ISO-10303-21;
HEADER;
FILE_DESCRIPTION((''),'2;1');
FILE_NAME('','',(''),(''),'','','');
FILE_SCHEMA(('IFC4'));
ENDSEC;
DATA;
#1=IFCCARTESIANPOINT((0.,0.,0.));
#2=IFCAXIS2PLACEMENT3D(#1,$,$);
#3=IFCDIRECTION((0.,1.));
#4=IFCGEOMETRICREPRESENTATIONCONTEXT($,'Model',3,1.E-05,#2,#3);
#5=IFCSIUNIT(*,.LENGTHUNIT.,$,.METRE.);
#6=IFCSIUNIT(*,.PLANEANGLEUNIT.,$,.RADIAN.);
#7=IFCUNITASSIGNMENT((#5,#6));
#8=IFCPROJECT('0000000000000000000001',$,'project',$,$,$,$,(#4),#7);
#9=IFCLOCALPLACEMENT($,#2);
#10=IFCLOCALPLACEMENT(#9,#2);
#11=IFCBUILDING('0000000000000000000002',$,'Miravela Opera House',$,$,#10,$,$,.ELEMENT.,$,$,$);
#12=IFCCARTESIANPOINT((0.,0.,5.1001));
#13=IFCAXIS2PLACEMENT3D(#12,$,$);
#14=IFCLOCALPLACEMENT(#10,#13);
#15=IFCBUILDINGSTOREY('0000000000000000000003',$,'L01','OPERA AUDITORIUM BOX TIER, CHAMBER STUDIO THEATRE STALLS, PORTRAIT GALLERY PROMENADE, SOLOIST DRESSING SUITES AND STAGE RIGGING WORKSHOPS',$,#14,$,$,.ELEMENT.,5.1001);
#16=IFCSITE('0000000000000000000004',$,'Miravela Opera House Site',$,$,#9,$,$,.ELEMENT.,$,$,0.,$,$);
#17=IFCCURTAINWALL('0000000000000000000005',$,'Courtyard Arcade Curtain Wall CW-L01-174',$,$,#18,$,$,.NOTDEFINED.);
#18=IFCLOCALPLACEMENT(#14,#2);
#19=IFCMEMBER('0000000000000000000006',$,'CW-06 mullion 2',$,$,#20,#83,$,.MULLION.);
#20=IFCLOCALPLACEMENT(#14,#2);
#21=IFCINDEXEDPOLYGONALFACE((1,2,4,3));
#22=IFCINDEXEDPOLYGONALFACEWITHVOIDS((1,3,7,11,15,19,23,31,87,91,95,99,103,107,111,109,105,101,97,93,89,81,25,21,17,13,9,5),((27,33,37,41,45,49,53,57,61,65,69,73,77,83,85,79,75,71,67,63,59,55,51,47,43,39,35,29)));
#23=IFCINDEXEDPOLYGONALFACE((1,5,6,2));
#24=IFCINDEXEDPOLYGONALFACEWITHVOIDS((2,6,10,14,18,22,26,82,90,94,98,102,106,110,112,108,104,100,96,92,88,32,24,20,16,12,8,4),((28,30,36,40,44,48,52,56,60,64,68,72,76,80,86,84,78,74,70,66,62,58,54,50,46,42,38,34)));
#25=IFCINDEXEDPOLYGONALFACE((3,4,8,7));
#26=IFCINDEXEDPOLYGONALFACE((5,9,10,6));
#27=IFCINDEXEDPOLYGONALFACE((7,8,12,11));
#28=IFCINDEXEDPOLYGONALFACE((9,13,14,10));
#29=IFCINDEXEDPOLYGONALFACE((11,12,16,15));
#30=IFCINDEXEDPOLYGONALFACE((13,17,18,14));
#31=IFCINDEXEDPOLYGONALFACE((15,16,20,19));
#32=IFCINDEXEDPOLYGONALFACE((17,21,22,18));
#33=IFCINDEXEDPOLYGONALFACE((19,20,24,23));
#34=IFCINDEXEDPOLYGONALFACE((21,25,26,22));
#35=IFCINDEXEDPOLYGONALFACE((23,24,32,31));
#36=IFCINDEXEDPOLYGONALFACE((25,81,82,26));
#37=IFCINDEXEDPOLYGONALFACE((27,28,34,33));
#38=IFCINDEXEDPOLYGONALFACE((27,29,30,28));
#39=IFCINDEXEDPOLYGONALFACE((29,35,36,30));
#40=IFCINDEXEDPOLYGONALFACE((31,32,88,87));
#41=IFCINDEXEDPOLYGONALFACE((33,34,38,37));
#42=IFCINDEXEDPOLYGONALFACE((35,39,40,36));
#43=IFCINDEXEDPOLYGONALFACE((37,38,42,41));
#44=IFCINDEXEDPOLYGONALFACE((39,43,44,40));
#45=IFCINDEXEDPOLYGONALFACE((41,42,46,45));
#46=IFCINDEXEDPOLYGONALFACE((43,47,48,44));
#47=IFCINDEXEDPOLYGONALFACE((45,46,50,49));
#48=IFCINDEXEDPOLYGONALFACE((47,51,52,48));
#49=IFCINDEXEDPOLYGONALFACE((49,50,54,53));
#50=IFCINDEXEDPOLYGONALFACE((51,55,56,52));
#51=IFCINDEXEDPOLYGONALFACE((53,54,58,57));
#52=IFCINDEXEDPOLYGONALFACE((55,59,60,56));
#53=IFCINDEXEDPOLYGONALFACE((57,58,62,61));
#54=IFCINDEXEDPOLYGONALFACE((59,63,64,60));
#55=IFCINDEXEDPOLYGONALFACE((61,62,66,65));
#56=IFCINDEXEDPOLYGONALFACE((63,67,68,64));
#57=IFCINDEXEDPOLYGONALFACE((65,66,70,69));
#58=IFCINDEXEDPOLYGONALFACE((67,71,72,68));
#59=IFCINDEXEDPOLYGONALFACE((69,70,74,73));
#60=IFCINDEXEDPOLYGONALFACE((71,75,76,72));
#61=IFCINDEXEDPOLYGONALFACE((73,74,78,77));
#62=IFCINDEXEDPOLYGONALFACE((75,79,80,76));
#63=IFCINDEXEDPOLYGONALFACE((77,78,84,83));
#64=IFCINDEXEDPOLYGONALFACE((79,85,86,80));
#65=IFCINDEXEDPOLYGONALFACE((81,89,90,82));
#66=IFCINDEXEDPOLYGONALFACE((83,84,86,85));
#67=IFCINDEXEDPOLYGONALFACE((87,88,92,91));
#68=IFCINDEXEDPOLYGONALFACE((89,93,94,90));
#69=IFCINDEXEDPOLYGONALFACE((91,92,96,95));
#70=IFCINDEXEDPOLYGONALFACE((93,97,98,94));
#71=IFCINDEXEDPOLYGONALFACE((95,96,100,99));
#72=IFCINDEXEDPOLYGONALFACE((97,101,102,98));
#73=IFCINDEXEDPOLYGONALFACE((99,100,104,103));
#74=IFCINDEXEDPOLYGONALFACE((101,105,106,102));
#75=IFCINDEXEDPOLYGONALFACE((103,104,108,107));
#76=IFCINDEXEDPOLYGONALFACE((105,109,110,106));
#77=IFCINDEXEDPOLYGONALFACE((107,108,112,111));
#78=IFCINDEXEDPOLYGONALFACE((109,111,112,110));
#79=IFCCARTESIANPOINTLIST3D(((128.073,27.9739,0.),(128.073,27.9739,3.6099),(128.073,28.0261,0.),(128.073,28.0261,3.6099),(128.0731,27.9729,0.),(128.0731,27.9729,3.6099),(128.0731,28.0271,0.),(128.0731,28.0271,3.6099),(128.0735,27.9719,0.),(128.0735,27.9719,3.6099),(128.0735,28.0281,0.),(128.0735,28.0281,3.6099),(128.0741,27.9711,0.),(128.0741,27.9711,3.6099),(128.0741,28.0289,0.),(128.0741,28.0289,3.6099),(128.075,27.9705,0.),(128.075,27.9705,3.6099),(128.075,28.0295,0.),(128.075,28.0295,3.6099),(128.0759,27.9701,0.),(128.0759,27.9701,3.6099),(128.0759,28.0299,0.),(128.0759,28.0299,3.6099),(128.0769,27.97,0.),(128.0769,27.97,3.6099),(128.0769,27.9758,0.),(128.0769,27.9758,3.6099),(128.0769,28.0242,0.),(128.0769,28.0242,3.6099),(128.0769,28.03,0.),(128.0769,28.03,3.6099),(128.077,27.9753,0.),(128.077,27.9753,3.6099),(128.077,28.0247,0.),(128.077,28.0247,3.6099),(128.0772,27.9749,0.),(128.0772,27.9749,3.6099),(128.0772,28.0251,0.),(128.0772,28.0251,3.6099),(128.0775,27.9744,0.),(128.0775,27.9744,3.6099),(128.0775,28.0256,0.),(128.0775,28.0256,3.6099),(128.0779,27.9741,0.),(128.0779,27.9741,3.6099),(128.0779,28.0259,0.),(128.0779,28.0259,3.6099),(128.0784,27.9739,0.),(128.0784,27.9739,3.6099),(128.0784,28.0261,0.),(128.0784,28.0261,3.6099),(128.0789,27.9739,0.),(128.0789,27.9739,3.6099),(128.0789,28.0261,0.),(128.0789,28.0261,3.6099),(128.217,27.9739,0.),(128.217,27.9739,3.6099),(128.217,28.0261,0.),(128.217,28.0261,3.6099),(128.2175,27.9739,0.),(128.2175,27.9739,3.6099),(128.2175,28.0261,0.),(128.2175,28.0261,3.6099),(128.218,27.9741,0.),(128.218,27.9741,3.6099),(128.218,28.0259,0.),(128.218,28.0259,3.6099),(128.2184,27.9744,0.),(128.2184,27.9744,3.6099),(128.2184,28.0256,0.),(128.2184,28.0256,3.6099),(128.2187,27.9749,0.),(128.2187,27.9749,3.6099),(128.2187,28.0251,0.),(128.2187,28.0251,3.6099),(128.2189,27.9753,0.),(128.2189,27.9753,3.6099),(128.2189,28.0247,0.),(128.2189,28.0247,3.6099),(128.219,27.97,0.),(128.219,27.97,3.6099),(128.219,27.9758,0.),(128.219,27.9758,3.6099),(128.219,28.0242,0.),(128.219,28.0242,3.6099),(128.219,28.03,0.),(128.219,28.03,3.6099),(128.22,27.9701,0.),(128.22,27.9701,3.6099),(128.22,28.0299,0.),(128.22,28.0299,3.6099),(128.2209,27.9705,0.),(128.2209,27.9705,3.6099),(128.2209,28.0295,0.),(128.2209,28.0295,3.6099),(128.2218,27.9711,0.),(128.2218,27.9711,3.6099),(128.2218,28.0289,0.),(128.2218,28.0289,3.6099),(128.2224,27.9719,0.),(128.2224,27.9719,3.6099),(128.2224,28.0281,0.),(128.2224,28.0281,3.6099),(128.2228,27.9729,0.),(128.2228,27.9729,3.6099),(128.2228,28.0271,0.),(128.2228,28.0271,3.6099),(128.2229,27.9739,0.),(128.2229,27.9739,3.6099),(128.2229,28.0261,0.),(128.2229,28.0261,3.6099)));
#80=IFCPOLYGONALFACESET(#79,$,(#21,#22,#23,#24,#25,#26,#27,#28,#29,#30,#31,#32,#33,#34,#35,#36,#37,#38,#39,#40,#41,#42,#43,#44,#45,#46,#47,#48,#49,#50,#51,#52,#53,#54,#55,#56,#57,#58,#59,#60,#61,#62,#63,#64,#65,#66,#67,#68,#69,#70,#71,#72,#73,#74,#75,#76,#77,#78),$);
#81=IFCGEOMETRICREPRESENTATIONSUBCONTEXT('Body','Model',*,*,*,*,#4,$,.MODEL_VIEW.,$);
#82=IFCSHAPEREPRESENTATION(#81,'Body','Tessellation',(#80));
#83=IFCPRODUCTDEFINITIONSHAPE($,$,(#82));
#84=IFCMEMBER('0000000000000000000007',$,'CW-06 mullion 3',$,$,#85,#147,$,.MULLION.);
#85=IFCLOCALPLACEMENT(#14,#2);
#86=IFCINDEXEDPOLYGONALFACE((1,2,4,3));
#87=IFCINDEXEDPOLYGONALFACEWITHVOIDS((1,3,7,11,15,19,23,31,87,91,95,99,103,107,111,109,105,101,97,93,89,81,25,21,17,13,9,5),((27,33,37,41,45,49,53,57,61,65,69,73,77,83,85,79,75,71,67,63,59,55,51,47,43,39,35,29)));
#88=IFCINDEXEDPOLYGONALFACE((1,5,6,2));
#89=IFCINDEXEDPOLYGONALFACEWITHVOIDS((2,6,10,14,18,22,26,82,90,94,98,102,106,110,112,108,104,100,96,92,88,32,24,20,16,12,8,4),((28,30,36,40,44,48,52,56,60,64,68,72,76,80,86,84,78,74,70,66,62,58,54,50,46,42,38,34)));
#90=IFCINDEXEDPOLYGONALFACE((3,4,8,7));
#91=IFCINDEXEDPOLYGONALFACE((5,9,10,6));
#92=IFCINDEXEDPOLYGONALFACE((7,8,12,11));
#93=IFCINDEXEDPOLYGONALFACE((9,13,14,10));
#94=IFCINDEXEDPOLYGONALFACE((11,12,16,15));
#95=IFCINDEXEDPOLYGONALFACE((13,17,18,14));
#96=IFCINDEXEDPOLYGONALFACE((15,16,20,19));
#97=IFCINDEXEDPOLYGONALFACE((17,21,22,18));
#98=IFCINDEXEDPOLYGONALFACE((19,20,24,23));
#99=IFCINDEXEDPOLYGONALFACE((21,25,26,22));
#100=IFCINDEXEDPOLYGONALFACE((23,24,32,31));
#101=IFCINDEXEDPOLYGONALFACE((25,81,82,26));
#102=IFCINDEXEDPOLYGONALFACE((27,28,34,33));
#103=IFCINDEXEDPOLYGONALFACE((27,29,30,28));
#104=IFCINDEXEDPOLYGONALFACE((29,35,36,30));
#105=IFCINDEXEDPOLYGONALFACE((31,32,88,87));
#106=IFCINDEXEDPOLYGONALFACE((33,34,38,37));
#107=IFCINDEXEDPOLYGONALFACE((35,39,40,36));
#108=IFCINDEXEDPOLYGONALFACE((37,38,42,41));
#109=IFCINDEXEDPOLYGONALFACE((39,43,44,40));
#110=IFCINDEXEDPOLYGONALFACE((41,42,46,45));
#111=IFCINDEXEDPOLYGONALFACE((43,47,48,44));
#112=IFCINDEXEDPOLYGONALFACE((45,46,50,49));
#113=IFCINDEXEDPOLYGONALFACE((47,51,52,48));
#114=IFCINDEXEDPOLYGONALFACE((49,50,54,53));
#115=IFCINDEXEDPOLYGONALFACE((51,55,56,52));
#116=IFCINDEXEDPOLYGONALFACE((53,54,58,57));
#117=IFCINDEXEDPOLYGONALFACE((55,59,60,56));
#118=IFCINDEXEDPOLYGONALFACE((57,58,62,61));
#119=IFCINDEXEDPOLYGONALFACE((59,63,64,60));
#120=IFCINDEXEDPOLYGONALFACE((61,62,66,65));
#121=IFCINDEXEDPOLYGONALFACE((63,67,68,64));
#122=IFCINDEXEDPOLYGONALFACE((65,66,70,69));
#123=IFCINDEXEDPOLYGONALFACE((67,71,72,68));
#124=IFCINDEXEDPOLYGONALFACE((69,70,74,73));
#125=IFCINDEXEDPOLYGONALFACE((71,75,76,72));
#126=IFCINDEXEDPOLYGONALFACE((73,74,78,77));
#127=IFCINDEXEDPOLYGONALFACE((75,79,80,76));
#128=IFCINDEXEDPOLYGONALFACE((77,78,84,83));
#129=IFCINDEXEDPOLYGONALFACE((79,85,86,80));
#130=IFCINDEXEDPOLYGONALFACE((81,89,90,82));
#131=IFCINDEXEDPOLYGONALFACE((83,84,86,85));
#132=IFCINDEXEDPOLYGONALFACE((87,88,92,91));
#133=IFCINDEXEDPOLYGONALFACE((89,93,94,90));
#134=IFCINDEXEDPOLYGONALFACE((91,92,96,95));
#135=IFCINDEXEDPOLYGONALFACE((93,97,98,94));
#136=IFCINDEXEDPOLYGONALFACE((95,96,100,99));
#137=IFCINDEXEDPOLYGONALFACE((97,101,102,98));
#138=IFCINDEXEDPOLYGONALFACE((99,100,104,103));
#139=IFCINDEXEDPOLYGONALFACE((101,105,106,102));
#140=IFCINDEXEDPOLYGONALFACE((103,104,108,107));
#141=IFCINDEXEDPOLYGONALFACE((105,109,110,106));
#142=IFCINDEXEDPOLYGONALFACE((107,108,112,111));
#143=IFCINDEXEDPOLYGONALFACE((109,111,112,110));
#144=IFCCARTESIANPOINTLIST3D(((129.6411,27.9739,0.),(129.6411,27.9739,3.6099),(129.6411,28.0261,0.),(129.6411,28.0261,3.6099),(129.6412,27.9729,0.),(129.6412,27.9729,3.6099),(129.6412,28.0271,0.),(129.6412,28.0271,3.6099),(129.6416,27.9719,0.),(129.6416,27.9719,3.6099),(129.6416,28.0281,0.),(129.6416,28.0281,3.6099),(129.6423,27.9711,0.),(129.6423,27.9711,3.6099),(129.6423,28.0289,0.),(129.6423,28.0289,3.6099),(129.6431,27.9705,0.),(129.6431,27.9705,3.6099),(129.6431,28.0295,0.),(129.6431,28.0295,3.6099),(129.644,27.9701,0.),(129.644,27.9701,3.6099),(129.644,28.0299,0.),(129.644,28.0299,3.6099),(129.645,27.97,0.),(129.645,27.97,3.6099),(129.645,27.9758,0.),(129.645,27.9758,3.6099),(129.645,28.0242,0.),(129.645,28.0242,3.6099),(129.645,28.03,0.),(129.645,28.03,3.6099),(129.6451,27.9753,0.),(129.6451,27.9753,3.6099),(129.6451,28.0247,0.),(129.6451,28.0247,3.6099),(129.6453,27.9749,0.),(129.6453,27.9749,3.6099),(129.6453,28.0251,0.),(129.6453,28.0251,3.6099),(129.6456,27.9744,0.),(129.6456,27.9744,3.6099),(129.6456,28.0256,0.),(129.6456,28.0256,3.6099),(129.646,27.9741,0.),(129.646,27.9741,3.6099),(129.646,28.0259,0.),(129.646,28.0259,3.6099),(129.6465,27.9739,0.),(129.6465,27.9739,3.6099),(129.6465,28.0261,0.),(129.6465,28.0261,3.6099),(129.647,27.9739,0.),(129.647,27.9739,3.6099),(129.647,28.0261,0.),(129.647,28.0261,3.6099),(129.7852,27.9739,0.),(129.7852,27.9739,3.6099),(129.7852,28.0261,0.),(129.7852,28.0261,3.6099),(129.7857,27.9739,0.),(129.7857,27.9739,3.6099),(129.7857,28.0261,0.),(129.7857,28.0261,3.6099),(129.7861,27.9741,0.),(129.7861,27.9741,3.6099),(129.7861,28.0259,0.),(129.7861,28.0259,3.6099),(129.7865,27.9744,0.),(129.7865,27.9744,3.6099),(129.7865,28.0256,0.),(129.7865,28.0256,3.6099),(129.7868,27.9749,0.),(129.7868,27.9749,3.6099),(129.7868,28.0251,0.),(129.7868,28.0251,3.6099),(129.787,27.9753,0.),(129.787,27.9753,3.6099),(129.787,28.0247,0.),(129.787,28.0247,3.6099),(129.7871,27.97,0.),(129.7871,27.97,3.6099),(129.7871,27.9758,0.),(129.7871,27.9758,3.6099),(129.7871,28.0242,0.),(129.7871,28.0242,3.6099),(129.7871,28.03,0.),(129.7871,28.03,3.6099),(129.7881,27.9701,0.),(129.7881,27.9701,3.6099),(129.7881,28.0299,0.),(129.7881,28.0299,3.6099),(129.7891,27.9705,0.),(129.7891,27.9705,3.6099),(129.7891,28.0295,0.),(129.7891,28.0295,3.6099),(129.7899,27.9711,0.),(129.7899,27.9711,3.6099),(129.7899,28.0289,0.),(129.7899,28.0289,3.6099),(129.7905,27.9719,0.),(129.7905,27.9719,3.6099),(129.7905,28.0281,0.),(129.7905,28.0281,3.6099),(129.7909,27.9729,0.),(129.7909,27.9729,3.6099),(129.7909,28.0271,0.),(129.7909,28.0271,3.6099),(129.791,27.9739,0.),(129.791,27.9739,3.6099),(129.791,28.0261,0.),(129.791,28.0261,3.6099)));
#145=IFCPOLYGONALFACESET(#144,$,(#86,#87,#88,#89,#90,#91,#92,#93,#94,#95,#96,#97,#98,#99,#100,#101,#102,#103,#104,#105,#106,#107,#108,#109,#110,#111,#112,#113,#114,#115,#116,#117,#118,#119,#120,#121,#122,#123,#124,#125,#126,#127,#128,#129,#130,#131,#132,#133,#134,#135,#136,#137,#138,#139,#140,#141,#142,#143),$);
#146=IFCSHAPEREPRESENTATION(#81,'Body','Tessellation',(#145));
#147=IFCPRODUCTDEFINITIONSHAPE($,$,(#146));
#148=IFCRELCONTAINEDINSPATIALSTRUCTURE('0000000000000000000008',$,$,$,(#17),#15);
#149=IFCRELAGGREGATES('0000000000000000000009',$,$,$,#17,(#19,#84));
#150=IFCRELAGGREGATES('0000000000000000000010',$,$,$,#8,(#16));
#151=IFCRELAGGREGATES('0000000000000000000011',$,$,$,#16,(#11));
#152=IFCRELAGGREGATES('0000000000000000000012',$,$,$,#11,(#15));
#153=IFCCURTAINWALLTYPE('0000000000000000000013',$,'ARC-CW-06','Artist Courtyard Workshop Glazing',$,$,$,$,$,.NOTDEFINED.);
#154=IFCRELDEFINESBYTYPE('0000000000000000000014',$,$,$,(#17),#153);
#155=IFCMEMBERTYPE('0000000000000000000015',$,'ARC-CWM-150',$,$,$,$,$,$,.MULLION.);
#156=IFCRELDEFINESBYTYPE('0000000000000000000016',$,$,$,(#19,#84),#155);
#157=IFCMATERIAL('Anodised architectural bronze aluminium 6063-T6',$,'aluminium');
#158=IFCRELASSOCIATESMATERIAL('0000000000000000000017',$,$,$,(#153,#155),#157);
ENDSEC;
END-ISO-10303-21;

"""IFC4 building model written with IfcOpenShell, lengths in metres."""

from ifc_helpers import new_model, si_unit, direction, frame, origin, origin_2d, place, context, subcontext, project, spatial, hollow_rectangle, extrude, material, material_profile, profile_set, type_object, element, aggregate, save


model = new_model("IFC4")

# Units and contexts
model_context = context("Model", 3, precision=1e-05, world=origin(), true_north=direction((0.0, 1.0)))
body_context = subcontext(model_context, "Body", "Model", "MODEL_VIEW")
ifc_project = project(units=[si_unit("LENGTHUNIT", "METRE"), si_unit("PLANEANGLEUNIT", "RADIAN")], contexts=[model_context])

# Site, building, storey
site_placement = place(None, origin())
site = spatial("IfcSite", under=ifc_project, at=site_placement, Name="Miravela Opera House Site", CompositionType="ELEMENT", RefElevation=0.0)
building_placement = place(site_placement, origin())
building = spatial("IfcBuilding", under=site, at=building_placement, Name="Miravela Opera House", CompositionType="ELEMENT")
storey_placement = place(building_placement, frame((0.0, 0.0, 5.1001)))
storey = spatial("IfcBuildingStorey", under=building, at=storey_placement, Name="L01", Description="OPERA AUDITORIUM BOX TIER, CHAMBER STUDIO THEATRE STALLS, PORTRAIT GALLERY PROMENADE, SOLOIST DRESSING SUITES AND STAGE RIGGING WORKSHOPS", CompositionType="ELEMENT", Elevation=5.1001)

# Shared definitions
ifc_material_1 = material(Name="Anodised architectural bronze aluminium 6063-T6", Category="aluminium")
curtain_wall_type = type_object("IfcCurtainWallType", Name="ARC-CW-06", Description="Artist Courtyard Workshop Glazing", PredefinedType="NOTDEFINED", material=ifc_material_1)
ifc_material_profile_1 = material_profile(ifc_material_1, hollow_rectangle(XDim=0.0601, YDim=0.1499, WallThickness=0.0039, InnerFilletRadius=0.002, OuterFilletRadius=0.0039, at=origin_2d()), Name="CWM-60X150")
ifc_profile_set_1 = profile_set([ifc_material_profile_1])
member_type_1 = type_object("IfcMemberType", Name="ARC-CWM-150", PredefinedType="MULLION", material=ifc_profile_set_1)

# Curtain wall, members
curtain_wall_1_placement = place(storey_placement, origin())
curtain_wall_1 = element("IfcCurtainWall", 1, at=curtain_wall_1_placement, inside=storey, type_object=curtain_wall_type, Name="Courtyard Arcade Curtain Wall CW-L01-174", PredefinedType="NOTDEFINED")
member_1_placement = place(storey_placement, frame((128.1479, 28.0, 0.0), z_axis=(0.0, 0.0, 1.0), x_axis=(0.0, 1.0, 0.0)))
member_1 = element("IfcMember", 2, at=member_1_placement, type_object=member_type_1, Name="CW-06 mullion 2", PredefinedType="MULLION", context=body_context, shape_type="SweptSolid", body=[
    extrude(hollow_rectangle(XDim=0.0601, YDim=0.1499, WallThickness=0.0039, InnerFilletRadius=0.002, OuterFilletRadius=0.0039, at=origin_2d()), origin(), (0.0, 0.0, 1.0), 3.6099),
])
member_2_placement = place(storey_placement, frame((129.7161, 28.0, 0.0), z_axis=(0.0, 0.0, 1.0), x_axis=(0.0, 1.0, 0.0)))
member_2 = element("IfcMember", 3, at=member_2_placement, type_object=member_type_1, Name="CW-06 mullion 3", PredefinedType="MULLION", context=body_context, shape_type="SweptSolid", body=[
    extrude(hollow_rectangle(XDim=0.0601, YDim=0.1499, WallThickness=0.0039, InnerFilletRadius=0.002, OuterFilletRadius=0.0039, at=origin_2d()), origin(), (0.0, 0.0, 1.0), 3.6099),
])

aggregate(curtain_wall_1, [member_1, member_2])

save(model, "model.ifc")
